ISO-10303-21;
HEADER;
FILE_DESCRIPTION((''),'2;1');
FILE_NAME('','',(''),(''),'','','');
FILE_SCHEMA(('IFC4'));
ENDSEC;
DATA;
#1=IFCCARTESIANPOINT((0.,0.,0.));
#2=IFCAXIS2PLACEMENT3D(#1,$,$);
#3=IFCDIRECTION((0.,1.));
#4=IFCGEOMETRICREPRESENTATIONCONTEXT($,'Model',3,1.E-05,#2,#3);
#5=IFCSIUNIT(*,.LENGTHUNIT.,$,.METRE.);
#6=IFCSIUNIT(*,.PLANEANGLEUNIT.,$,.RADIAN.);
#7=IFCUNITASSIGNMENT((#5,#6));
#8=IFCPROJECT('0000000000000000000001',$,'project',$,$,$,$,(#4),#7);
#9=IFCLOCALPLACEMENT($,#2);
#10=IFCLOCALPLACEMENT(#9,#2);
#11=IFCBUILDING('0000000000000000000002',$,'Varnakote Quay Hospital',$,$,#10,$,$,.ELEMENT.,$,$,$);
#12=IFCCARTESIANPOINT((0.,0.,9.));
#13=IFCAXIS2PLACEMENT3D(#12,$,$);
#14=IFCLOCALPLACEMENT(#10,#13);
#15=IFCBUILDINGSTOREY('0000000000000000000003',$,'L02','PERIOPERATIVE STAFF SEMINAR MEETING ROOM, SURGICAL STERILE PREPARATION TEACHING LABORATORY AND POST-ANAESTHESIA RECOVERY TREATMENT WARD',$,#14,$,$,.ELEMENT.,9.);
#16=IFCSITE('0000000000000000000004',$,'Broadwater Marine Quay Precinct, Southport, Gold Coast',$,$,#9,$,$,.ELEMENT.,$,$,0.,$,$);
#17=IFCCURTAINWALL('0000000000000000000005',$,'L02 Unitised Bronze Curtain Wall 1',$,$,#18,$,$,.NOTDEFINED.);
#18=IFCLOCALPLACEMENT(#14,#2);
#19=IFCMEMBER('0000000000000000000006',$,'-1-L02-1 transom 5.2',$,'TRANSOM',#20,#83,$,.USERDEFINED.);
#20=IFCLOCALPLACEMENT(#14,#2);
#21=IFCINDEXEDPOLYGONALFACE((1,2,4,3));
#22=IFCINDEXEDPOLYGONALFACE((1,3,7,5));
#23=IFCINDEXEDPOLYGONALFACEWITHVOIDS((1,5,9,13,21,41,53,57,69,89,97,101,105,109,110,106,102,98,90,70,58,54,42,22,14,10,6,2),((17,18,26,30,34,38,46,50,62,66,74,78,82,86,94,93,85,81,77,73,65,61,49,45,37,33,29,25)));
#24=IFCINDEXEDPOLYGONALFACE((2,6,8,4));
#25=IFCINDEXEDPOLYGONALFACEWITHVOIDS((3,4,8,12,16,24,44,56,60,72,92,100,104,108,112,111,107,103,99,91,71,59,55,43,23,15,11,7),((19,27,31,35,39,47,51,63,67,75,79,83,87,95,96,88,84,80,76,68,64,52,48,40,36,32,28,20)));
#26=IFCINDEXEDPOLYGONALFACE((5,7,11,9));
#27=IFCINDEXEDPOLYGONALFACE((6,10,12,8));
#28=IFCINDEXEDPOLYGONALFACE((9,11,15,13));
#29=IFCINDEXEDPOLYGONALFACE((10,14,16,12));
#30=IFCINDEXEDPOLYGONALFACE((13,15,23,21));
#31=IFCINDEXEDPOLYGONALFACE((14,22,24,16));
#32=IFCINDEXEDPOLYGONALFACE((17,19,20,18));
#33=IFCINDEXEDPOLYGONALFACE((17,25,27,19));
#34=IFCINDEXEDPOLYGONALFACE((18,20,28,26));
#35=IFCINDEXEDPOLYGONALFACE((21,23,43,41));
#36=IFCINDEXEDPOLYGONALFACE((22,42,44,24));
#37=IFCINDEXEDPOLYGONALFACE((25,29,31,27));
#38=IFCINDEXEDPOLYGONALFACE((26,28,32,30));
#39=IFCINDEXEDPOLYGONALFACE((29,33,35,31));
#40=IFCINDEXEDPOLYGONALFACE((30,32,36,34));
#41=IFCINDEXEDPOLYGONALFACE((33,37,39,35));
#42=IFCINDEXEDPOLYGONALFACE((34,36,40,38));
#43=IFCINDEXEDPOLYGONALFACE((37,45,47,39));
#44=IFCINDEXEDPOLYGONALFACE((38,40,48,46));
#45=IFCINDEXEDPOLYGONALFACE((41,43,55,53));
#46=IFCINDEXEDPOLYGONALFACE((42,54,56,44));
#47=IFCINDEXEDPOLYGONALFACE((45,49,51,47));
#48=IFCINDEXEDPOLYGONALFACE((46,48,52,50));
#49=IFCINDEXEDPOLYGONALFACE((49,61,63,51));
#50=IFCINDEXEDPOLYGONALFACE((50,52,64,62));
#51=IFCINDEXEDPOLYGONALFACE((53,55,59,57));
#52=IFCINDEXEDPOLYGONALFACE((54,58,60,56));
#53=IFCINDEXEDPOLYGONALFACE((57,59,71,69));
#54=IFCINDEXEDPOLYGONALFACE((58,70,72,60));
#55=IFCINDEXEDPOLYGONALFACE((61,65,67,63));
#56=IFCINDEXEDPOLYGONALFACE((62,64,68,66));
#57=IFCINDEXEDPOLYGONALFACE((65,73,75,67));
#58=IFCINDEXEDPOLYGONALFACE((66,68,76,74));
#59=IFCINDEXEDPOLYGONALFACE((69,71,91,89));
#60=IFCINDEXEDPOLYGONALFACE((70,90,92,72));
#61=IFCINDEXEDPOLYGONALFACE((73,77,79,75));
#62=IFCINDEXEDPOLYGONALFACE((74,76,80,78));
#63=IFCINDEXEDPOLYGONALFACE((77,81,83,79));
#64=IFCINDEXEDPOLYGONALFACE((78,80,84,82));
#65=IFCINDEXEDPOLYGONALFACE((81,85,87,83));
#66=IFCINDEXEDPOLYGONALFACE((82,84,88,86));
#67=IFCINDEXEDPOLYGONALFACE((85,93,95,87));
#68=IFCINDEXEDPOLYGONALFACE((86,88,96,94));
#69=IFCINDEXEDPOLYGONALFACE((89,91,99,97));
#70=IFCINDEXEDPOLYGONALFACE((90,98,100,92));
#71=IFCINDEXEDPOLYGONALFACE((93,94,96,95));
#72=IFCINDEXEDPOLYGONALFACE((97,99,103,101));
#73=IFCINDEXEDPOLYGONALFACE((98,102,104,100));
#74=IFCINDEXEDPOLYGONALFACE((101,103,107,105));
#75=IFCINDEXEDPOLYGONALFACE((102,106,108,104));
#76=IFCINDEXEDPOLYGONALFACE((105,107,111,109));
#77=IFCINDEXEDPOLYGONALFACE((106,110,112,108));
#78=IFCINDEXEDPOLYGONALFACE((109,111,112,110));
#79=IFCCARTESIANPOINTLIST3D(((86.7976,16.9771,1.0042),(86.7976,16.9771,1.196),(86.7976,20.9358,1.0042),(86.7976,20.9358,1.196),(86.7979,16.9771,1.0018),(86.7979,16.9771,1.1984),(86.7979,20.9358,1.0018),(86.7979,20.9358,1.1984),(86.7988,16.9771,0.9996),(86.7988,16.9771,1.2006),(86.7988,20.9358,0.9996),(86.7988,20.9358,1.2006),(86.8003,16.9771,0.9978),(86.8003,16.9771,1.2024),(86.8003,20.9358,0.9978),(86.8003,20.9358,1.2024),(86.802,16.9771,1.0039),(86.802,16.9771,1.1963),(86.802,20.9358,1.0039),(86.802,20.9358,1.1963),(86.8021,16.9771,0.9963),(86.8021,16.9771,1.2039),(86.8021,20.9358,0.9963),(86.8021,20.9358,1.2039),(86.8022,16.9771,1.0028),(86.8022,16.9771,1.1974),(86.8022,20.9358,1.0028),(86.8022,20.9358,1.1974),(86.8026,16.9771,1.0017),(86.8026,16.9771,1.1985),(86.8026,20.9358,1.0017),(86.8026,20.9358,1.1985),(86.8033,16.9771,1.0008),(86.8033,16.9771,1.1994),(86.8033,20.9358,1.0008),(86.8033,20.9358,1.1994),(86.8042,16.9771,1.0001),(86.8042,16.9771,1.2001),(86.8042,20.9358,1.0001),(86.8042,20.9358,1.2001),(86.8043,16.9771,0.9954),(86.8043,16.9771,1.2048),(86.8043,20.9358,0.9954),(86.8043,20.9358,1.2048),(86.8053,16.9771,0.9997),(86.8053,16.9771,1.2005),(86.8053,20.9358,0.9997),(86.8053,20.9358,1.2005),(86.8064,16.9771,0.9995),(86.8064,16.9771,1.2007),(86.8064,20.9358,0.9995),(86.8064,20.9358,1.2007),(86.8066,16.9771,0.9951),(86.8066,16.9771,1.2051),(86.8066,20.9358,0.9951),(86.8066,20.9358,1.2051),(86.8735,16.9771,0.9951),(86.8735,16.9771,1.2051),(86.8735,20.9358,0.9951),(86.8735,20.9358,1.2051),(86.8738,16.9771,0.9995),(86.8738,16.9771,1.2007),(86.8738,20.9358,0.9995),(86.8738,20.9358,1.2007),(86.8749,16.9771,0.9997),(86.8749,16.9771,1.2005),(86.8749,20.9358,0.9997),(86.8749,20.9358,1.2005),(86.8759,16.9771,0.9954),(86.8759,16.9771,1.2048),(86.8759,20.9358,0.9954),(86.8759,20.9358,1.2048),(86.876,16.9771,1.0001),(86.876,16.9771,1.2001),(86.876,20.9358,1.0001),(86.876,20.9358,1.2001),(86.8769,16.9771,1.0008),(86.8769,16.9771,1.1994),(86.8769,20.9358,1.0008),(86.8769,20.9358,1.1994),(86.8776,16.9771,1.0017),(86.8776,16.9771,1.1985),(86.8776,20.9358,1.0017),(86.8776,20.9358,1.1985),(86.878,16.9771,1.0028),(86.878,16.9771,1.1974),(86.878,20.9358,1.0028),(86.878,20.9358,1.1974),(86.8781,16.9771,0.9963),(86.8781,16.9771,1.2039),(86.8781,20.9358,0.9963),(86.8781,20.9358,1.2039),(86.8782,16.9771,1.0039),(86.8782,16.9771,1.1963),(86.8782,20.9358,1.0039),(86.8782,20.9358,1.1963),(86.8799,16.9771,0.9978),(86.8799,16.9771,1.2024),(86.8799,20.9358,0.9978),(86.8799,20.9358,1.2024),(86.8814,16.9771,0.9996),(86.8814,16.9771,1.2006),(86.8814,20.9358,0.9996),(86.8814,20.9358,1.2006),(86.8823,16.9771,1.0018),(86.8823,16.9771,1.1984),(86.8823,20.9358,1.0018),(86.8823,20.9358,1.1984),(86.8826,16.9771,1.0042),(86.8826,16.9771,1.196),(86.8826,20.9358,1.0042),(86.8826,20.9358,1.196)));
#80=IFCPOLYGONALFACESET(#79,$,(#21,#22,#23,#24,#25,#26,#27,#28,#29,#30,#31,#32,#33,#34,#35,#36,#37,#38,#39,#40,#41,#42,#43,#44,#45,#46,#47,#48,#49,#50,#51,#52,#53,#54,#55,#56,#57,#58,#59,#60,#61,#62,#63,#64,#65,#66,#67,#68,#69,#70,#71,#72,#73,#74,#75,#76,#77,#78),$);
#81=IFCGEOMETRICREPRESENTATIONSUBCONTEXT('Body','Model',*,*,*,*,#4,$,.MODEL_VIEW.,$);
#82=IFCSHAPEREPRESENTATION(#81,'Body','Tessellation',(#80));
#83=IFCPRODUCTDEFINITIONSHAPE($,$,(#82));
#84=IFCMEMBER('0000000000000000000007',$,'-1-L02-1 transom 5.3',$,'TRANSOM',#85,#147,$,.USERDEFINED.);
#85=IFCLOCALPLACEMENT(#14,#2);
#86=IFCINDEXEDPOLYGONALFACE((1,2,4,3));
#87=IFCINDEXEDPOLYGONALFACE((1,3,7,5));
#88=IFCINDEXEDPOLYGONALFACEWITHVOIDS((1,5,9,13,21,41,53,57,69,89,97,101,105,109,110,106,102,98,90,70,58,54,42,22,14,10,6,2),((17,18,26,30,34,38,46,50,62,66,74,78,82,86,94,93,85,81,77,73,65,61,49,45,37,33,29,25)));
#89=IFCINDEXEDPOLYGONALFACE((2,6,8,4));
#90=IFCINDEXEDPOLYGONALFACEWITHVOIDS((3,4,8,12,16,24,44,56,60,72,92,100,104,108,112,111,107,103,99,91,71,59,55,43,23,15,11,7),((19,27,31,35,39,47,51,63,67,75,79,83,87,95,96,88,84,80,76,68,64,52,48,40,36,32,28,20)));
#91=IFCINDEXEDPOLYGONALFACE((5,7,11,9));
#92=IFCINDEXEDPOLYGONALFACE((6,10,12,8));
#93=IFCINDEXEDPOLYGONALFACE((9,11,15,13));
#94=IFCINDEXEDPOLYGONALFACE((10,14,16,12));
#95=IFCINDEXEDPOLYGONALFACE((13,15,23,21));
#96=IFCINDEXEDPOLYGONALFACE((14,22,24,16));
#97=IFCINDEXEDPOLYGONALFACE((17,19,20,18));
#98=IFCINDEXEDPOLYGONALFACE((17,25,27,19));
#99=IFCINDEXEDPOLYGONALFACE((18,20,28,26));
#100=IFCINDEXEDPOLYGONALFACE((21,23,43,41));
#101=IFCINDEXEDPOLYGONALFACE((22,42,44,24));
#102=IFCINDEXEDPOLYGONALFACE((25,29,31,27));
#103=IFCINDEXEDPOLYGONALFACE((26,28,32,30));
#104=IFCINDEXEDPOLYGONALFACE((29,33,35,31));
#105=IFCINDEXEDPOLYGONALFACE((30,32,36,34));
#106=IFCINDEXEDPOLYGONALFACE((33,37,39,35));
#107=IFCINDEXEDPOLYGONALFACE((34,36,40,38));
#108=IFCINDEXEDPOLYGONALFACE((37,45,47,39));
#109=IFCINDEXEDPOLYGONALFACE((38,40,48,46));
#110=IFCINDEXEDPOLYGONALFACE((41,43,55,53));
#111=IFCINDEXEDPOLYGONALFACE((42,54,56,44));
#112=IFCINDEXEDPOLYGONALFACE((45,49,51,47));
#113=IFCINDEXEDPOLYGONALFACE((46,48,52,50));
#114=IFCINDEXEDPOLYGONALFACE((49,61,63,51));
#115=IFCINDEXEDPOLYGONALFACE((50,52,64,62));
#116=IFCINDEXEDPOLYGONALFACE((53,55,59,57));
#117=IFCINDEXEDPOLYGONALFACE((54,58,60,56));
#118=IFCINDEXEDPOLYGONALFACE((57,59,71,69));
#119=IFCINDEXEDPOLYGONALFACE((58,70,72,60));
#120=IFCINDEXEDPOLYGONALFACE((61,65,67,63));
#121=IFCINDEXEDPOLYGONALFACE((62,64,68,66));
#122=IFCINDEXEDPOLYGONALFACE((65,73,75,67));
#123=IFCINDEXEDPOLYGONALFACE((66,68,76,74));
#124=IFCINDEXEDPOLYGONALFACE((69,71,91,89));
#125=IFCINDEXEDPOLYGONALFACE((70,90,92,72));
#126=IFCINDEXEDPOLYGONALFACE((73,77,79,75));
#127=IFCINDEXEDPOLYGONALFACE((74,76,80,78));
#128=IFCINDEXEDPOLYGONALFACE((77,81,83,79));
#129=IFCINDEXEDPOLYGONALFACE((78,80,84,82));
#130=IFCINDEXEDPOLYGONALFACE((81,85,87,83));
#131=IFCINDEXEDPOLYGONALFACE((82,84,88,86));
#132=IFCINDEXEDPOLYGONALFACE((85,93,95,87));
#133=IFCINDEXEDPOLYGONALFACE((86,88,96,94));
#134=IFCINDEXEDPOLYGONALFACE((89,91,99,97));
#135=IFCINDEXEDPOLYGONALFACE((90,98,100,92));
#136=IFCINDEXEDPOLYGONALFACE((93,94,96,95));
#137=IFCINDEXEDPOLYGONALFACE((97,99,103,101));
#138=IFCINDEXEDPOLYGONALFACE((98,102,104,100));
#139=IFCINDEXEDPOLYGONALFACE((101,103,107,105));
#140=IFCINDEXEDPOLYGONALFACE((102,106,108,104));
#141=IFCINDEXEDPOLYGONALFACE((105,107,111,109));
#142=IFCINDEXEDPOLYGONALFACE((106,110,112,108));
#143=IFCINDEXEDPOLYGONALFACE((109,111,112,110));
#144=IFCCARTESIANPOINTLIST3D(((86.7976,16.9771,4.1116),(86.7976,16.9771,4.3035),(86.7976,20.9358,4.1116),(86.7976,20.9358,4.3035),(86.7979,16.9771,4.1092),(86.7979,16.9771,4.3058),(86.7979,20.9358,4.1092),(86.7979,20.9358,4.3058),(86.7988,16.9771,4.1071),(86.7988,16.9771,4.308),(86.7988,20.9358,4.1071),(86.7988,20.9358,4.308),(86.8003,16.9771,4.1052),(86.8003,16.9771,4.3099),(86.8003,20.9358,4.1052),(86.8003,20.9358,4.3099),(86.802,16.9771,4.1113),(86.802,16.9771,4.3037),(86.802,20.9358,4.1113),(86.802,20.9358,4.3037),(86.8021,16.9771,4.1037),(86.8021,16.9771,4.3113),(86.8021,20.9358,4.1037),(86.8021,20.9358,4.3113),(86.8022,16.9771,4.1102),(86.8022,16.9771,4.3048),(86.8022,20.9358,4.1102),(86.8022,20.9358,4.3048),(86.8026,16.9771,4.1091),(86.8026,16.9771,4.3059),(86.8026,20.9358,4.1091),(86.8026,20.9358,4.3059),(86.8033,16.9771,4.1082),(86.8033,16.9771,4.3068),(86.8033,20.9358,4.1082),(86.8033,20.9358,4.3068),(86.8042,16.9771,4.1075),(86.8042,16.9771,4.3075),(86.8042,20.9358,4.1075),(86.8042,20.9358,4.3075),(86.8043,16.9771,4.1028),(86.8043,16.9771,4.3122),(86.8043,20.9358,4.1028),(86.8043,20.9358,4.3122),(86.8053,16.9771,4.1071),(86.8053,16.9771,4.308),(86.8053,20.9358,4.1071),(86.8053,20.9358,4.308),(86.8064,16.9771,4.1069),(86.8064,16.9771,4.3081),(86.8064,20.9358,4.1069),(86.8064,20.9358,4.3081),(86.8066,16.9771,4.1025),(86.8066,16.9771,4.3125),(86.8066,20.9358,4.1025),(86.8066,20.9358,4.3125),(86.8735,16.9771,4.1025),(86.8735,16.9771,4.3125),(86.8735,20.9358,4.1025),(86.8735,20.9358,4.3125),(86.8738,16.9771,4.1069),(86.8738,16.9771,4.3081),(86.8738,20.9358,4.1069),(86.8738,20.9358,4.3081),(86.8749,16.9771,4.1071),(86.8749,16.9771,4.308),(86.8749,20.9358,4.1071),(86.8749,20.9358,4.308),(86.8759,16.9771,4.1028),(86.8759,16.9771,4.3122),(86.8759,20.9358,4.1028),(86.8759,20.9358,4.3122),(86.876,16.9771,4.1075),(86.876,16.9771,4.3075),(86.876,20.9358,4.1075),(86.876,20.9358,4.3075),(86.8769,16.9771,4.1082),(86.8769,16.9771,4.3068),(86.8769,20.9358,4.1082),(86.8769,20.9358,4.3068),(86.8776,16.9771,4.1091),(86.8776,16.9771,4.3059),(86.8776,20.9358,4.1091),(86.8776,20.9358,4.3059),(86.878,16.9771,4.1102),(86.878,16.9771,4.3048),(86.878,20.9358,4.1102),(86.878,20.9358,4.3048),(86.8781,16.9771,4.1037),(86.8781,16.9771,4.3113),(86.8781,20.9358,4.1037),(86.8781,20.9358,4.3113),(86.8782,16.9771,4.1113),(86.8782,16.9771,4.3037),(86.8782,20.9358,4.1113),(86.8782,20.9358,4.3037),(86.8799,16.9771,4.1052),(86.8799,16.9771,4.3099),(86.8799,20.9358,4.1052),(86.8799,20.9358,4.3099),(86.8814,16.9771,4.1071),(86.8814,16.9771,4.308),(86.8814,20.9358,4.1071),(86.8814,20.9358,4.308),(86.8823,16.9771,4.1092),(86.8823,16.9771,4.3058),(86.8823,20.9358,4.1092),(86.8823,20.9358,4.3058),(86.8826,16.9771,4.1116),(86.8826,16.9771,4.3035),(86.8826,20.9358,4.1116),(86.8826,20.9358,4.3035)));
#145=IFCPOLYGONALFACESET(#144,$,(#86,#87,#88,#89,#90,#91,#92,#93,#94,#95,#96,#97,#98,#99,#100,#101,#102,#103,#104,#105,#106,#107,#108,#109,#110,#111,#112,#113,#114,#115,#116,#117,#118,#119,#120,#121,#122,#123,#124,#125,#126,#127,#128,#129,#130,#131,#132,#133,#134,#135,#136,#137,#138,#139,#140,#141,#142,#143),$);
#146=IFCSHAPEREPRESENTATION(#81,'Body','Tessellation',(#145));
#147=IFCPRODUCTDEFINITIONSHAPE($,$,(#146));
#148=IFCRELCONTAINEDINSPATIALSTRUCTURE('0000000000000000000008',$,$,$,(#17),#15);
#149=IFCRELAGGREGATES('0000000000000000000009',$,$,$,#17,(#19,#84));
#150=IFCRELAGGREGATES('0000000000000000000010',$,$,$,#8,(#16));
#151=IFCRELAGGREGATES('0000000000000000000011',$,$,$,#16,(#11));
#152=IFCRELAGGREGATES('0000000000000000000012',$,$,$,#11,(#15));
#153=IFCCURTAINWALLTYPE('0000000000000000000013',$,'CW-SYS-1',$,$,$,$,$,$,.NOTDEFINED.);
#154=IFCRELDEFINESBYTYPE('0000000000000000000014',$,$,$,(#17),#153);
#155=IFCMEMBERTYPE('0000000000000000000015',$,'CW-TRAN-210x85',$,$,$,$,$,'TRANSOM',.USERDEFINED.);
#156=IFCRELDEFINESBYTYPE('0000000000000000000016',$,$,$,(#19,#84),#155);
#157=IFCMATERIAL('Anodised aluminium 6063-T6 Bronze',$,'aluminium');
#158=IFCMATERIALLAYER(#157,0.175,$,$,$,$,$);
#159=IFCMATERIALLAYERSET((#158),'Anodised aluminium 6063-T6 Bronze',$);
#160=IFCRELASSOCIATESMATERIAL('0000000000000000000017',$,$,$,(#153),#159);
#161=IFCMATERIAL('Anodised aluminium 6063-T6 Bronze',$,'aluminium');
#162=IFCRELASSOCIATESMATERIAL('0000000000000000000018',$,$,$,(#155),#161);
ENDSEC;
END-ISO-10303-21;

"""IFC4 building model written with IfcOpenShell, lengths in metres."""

from ifc_helpers import new_model, si_unit, direction, frame, origin, origin_2d, place, context, subcontext, project, spatial, hollow_rectangle, extrude, material, layer, layer_set, material_profile, profile_set, type_object, element, aggregate, save


model = new_model("IFC4")

# Units and contexts
model_context = context("Model", 3, precision=1e-05, world=origin(), true_north=direction((0.0, 1.0)))
body_context = subcontext(model_context, "Body", "Model", "MODEL_VIEW")
ifc_project = project(units=[si_unit("LENGTHUNIT", "METRE"), si_unit("PLANEANGLEUNIT", "RADIAN")], contexts=[model_context])

# Site, building, storey
site_placement = place(None, origin())
site = spatial("IfcSite", under=ifc_project, at=site_placement, Name="Broadwater Marine Quay Precinct, Southport, Gold Coast", CompositionType="ELEMENT", RefElevation=0.0)
building_placement = place(site_placement, origin())
building = spatial("IfcBuilding", under=site, at=building_placement, Name="Varnakote Quay Hospital", CompositionType="ELEMENT")
storey_placement = place(building_placement, frame((0.0, 0.0, 9.0)))
storey = spatial("IfcBuildingStorey", under=building, at=storey_placement, Name="L02", Description="PERIOPERATIVE STAFF SEMINAR MEETING ROOM, SURGICAL STERILE PREPARATION TEACHING LABORATORY AND POST-ANAESTHESIA RECOVERY TREATMENT WARD", CompositionType="ELEMENT", Elevation=9.0)

# Curtain wall, members
ifc_material_1 = material(Name="Anodised aluminium 6063-T6 Bronze", Category="aluminium")
ifc_layer_1 = layer(ifc_material_1, 0.175)
ifc_layer_set_1 = layer_set([ifc_layer_1], Name="Anodised aluminium 6063-T6 Bronze")
curtain_wall_type = type_object("IfcCurtainWallType", Name="CW-SYS-1", PredefinedType="NOTDEFINED", material=ifc_layer_set_1)
curtain_wall_placement = place(storey_placement, origin())
curtain_wall = element("IfcCurtainWall", 1, at=curtain_wall_placement, inside=storey, type_object=curtain_wall_type, Name="L02 Unitised Bronze Curtain Wall 1", PredefinedType="NOTDEFINED")
ifc_material_2 = material(Name="Anodised aluminium 6063-T6 Bronze", Category="aluminium")
ifc_material_profile_1 = material_profile(ifc_material_2, hollow_rectangle(XDim=0.085, YDim=0.21, WallThickness=0.0044, InnerFilletRadius=0.0044, OuterFilletRadius=0.009, at=origin_2d()), Name="CW-TRAN-210x85")
ifc_profile_set_1 = profile_set([ifc_material_profile_1], Name="Anodised aluminium 6063-T6 Bronze")
member_type_1 = type_object("IfcMemberType", Name="CW-TRAN-210x85", ElementType="TRANSOM", PredefinedType="USERDEFINED", material=ifc_profile_set_1)
member_1_placement = place(storey_placement, frame((86.8401, 16.9771, 1.1001), z_axis=(0.0, 1.0, 0.0), x_axis=(-1.0, 0.0, 0.0)))
member_1 = element("IfcMember", 2, at=member_1_placement, type_object=member_type_1, Name="-1-L02-1 transom 5.2", ObjectType="TRANSOM", PredefinedType="USERDEFINED", context=body_context, shape_type="SweptSolid", body=[
    extrude(hollow_rectangle(XDim=0.085, YDim=0.21, WallThickness=0.0044, InnerFilletRadius=0.0044, OuterFilletRadius=0.009, at=origin_2d()), origin(), (0.0, 0.0, 1.0), 3.9587),
])
member_2_placement = place(storey_placement, frame((86.8401, 16.9771, 4.2075), z_axis=(0.0, 1.0, 0.0), x_axis=(-1.0, 0.0, 0.0)))
member_2 = element("IfcMember", 3, at=member_2_placement, type_object=member_type_1, Name="-1-L02-1 transom 5.3", ObjectType="TRANSOM", PredefinedType="USERDEFINED", context=body_context, shape_type="SweptSolid", body=[
    extrude(hollow_rectangle(XDim=0.085, YDim=0.21, WallThickness=0.0044, InnerFilletRadius=0.0044, OuterFilletRadius=0.009, at=origin_2d()), origin(), (0.0, 0.0, 1.0), 3.9587),
])
aggregate(curtain_wall, [member_1, member_2])

save(model, "model.ifc")
